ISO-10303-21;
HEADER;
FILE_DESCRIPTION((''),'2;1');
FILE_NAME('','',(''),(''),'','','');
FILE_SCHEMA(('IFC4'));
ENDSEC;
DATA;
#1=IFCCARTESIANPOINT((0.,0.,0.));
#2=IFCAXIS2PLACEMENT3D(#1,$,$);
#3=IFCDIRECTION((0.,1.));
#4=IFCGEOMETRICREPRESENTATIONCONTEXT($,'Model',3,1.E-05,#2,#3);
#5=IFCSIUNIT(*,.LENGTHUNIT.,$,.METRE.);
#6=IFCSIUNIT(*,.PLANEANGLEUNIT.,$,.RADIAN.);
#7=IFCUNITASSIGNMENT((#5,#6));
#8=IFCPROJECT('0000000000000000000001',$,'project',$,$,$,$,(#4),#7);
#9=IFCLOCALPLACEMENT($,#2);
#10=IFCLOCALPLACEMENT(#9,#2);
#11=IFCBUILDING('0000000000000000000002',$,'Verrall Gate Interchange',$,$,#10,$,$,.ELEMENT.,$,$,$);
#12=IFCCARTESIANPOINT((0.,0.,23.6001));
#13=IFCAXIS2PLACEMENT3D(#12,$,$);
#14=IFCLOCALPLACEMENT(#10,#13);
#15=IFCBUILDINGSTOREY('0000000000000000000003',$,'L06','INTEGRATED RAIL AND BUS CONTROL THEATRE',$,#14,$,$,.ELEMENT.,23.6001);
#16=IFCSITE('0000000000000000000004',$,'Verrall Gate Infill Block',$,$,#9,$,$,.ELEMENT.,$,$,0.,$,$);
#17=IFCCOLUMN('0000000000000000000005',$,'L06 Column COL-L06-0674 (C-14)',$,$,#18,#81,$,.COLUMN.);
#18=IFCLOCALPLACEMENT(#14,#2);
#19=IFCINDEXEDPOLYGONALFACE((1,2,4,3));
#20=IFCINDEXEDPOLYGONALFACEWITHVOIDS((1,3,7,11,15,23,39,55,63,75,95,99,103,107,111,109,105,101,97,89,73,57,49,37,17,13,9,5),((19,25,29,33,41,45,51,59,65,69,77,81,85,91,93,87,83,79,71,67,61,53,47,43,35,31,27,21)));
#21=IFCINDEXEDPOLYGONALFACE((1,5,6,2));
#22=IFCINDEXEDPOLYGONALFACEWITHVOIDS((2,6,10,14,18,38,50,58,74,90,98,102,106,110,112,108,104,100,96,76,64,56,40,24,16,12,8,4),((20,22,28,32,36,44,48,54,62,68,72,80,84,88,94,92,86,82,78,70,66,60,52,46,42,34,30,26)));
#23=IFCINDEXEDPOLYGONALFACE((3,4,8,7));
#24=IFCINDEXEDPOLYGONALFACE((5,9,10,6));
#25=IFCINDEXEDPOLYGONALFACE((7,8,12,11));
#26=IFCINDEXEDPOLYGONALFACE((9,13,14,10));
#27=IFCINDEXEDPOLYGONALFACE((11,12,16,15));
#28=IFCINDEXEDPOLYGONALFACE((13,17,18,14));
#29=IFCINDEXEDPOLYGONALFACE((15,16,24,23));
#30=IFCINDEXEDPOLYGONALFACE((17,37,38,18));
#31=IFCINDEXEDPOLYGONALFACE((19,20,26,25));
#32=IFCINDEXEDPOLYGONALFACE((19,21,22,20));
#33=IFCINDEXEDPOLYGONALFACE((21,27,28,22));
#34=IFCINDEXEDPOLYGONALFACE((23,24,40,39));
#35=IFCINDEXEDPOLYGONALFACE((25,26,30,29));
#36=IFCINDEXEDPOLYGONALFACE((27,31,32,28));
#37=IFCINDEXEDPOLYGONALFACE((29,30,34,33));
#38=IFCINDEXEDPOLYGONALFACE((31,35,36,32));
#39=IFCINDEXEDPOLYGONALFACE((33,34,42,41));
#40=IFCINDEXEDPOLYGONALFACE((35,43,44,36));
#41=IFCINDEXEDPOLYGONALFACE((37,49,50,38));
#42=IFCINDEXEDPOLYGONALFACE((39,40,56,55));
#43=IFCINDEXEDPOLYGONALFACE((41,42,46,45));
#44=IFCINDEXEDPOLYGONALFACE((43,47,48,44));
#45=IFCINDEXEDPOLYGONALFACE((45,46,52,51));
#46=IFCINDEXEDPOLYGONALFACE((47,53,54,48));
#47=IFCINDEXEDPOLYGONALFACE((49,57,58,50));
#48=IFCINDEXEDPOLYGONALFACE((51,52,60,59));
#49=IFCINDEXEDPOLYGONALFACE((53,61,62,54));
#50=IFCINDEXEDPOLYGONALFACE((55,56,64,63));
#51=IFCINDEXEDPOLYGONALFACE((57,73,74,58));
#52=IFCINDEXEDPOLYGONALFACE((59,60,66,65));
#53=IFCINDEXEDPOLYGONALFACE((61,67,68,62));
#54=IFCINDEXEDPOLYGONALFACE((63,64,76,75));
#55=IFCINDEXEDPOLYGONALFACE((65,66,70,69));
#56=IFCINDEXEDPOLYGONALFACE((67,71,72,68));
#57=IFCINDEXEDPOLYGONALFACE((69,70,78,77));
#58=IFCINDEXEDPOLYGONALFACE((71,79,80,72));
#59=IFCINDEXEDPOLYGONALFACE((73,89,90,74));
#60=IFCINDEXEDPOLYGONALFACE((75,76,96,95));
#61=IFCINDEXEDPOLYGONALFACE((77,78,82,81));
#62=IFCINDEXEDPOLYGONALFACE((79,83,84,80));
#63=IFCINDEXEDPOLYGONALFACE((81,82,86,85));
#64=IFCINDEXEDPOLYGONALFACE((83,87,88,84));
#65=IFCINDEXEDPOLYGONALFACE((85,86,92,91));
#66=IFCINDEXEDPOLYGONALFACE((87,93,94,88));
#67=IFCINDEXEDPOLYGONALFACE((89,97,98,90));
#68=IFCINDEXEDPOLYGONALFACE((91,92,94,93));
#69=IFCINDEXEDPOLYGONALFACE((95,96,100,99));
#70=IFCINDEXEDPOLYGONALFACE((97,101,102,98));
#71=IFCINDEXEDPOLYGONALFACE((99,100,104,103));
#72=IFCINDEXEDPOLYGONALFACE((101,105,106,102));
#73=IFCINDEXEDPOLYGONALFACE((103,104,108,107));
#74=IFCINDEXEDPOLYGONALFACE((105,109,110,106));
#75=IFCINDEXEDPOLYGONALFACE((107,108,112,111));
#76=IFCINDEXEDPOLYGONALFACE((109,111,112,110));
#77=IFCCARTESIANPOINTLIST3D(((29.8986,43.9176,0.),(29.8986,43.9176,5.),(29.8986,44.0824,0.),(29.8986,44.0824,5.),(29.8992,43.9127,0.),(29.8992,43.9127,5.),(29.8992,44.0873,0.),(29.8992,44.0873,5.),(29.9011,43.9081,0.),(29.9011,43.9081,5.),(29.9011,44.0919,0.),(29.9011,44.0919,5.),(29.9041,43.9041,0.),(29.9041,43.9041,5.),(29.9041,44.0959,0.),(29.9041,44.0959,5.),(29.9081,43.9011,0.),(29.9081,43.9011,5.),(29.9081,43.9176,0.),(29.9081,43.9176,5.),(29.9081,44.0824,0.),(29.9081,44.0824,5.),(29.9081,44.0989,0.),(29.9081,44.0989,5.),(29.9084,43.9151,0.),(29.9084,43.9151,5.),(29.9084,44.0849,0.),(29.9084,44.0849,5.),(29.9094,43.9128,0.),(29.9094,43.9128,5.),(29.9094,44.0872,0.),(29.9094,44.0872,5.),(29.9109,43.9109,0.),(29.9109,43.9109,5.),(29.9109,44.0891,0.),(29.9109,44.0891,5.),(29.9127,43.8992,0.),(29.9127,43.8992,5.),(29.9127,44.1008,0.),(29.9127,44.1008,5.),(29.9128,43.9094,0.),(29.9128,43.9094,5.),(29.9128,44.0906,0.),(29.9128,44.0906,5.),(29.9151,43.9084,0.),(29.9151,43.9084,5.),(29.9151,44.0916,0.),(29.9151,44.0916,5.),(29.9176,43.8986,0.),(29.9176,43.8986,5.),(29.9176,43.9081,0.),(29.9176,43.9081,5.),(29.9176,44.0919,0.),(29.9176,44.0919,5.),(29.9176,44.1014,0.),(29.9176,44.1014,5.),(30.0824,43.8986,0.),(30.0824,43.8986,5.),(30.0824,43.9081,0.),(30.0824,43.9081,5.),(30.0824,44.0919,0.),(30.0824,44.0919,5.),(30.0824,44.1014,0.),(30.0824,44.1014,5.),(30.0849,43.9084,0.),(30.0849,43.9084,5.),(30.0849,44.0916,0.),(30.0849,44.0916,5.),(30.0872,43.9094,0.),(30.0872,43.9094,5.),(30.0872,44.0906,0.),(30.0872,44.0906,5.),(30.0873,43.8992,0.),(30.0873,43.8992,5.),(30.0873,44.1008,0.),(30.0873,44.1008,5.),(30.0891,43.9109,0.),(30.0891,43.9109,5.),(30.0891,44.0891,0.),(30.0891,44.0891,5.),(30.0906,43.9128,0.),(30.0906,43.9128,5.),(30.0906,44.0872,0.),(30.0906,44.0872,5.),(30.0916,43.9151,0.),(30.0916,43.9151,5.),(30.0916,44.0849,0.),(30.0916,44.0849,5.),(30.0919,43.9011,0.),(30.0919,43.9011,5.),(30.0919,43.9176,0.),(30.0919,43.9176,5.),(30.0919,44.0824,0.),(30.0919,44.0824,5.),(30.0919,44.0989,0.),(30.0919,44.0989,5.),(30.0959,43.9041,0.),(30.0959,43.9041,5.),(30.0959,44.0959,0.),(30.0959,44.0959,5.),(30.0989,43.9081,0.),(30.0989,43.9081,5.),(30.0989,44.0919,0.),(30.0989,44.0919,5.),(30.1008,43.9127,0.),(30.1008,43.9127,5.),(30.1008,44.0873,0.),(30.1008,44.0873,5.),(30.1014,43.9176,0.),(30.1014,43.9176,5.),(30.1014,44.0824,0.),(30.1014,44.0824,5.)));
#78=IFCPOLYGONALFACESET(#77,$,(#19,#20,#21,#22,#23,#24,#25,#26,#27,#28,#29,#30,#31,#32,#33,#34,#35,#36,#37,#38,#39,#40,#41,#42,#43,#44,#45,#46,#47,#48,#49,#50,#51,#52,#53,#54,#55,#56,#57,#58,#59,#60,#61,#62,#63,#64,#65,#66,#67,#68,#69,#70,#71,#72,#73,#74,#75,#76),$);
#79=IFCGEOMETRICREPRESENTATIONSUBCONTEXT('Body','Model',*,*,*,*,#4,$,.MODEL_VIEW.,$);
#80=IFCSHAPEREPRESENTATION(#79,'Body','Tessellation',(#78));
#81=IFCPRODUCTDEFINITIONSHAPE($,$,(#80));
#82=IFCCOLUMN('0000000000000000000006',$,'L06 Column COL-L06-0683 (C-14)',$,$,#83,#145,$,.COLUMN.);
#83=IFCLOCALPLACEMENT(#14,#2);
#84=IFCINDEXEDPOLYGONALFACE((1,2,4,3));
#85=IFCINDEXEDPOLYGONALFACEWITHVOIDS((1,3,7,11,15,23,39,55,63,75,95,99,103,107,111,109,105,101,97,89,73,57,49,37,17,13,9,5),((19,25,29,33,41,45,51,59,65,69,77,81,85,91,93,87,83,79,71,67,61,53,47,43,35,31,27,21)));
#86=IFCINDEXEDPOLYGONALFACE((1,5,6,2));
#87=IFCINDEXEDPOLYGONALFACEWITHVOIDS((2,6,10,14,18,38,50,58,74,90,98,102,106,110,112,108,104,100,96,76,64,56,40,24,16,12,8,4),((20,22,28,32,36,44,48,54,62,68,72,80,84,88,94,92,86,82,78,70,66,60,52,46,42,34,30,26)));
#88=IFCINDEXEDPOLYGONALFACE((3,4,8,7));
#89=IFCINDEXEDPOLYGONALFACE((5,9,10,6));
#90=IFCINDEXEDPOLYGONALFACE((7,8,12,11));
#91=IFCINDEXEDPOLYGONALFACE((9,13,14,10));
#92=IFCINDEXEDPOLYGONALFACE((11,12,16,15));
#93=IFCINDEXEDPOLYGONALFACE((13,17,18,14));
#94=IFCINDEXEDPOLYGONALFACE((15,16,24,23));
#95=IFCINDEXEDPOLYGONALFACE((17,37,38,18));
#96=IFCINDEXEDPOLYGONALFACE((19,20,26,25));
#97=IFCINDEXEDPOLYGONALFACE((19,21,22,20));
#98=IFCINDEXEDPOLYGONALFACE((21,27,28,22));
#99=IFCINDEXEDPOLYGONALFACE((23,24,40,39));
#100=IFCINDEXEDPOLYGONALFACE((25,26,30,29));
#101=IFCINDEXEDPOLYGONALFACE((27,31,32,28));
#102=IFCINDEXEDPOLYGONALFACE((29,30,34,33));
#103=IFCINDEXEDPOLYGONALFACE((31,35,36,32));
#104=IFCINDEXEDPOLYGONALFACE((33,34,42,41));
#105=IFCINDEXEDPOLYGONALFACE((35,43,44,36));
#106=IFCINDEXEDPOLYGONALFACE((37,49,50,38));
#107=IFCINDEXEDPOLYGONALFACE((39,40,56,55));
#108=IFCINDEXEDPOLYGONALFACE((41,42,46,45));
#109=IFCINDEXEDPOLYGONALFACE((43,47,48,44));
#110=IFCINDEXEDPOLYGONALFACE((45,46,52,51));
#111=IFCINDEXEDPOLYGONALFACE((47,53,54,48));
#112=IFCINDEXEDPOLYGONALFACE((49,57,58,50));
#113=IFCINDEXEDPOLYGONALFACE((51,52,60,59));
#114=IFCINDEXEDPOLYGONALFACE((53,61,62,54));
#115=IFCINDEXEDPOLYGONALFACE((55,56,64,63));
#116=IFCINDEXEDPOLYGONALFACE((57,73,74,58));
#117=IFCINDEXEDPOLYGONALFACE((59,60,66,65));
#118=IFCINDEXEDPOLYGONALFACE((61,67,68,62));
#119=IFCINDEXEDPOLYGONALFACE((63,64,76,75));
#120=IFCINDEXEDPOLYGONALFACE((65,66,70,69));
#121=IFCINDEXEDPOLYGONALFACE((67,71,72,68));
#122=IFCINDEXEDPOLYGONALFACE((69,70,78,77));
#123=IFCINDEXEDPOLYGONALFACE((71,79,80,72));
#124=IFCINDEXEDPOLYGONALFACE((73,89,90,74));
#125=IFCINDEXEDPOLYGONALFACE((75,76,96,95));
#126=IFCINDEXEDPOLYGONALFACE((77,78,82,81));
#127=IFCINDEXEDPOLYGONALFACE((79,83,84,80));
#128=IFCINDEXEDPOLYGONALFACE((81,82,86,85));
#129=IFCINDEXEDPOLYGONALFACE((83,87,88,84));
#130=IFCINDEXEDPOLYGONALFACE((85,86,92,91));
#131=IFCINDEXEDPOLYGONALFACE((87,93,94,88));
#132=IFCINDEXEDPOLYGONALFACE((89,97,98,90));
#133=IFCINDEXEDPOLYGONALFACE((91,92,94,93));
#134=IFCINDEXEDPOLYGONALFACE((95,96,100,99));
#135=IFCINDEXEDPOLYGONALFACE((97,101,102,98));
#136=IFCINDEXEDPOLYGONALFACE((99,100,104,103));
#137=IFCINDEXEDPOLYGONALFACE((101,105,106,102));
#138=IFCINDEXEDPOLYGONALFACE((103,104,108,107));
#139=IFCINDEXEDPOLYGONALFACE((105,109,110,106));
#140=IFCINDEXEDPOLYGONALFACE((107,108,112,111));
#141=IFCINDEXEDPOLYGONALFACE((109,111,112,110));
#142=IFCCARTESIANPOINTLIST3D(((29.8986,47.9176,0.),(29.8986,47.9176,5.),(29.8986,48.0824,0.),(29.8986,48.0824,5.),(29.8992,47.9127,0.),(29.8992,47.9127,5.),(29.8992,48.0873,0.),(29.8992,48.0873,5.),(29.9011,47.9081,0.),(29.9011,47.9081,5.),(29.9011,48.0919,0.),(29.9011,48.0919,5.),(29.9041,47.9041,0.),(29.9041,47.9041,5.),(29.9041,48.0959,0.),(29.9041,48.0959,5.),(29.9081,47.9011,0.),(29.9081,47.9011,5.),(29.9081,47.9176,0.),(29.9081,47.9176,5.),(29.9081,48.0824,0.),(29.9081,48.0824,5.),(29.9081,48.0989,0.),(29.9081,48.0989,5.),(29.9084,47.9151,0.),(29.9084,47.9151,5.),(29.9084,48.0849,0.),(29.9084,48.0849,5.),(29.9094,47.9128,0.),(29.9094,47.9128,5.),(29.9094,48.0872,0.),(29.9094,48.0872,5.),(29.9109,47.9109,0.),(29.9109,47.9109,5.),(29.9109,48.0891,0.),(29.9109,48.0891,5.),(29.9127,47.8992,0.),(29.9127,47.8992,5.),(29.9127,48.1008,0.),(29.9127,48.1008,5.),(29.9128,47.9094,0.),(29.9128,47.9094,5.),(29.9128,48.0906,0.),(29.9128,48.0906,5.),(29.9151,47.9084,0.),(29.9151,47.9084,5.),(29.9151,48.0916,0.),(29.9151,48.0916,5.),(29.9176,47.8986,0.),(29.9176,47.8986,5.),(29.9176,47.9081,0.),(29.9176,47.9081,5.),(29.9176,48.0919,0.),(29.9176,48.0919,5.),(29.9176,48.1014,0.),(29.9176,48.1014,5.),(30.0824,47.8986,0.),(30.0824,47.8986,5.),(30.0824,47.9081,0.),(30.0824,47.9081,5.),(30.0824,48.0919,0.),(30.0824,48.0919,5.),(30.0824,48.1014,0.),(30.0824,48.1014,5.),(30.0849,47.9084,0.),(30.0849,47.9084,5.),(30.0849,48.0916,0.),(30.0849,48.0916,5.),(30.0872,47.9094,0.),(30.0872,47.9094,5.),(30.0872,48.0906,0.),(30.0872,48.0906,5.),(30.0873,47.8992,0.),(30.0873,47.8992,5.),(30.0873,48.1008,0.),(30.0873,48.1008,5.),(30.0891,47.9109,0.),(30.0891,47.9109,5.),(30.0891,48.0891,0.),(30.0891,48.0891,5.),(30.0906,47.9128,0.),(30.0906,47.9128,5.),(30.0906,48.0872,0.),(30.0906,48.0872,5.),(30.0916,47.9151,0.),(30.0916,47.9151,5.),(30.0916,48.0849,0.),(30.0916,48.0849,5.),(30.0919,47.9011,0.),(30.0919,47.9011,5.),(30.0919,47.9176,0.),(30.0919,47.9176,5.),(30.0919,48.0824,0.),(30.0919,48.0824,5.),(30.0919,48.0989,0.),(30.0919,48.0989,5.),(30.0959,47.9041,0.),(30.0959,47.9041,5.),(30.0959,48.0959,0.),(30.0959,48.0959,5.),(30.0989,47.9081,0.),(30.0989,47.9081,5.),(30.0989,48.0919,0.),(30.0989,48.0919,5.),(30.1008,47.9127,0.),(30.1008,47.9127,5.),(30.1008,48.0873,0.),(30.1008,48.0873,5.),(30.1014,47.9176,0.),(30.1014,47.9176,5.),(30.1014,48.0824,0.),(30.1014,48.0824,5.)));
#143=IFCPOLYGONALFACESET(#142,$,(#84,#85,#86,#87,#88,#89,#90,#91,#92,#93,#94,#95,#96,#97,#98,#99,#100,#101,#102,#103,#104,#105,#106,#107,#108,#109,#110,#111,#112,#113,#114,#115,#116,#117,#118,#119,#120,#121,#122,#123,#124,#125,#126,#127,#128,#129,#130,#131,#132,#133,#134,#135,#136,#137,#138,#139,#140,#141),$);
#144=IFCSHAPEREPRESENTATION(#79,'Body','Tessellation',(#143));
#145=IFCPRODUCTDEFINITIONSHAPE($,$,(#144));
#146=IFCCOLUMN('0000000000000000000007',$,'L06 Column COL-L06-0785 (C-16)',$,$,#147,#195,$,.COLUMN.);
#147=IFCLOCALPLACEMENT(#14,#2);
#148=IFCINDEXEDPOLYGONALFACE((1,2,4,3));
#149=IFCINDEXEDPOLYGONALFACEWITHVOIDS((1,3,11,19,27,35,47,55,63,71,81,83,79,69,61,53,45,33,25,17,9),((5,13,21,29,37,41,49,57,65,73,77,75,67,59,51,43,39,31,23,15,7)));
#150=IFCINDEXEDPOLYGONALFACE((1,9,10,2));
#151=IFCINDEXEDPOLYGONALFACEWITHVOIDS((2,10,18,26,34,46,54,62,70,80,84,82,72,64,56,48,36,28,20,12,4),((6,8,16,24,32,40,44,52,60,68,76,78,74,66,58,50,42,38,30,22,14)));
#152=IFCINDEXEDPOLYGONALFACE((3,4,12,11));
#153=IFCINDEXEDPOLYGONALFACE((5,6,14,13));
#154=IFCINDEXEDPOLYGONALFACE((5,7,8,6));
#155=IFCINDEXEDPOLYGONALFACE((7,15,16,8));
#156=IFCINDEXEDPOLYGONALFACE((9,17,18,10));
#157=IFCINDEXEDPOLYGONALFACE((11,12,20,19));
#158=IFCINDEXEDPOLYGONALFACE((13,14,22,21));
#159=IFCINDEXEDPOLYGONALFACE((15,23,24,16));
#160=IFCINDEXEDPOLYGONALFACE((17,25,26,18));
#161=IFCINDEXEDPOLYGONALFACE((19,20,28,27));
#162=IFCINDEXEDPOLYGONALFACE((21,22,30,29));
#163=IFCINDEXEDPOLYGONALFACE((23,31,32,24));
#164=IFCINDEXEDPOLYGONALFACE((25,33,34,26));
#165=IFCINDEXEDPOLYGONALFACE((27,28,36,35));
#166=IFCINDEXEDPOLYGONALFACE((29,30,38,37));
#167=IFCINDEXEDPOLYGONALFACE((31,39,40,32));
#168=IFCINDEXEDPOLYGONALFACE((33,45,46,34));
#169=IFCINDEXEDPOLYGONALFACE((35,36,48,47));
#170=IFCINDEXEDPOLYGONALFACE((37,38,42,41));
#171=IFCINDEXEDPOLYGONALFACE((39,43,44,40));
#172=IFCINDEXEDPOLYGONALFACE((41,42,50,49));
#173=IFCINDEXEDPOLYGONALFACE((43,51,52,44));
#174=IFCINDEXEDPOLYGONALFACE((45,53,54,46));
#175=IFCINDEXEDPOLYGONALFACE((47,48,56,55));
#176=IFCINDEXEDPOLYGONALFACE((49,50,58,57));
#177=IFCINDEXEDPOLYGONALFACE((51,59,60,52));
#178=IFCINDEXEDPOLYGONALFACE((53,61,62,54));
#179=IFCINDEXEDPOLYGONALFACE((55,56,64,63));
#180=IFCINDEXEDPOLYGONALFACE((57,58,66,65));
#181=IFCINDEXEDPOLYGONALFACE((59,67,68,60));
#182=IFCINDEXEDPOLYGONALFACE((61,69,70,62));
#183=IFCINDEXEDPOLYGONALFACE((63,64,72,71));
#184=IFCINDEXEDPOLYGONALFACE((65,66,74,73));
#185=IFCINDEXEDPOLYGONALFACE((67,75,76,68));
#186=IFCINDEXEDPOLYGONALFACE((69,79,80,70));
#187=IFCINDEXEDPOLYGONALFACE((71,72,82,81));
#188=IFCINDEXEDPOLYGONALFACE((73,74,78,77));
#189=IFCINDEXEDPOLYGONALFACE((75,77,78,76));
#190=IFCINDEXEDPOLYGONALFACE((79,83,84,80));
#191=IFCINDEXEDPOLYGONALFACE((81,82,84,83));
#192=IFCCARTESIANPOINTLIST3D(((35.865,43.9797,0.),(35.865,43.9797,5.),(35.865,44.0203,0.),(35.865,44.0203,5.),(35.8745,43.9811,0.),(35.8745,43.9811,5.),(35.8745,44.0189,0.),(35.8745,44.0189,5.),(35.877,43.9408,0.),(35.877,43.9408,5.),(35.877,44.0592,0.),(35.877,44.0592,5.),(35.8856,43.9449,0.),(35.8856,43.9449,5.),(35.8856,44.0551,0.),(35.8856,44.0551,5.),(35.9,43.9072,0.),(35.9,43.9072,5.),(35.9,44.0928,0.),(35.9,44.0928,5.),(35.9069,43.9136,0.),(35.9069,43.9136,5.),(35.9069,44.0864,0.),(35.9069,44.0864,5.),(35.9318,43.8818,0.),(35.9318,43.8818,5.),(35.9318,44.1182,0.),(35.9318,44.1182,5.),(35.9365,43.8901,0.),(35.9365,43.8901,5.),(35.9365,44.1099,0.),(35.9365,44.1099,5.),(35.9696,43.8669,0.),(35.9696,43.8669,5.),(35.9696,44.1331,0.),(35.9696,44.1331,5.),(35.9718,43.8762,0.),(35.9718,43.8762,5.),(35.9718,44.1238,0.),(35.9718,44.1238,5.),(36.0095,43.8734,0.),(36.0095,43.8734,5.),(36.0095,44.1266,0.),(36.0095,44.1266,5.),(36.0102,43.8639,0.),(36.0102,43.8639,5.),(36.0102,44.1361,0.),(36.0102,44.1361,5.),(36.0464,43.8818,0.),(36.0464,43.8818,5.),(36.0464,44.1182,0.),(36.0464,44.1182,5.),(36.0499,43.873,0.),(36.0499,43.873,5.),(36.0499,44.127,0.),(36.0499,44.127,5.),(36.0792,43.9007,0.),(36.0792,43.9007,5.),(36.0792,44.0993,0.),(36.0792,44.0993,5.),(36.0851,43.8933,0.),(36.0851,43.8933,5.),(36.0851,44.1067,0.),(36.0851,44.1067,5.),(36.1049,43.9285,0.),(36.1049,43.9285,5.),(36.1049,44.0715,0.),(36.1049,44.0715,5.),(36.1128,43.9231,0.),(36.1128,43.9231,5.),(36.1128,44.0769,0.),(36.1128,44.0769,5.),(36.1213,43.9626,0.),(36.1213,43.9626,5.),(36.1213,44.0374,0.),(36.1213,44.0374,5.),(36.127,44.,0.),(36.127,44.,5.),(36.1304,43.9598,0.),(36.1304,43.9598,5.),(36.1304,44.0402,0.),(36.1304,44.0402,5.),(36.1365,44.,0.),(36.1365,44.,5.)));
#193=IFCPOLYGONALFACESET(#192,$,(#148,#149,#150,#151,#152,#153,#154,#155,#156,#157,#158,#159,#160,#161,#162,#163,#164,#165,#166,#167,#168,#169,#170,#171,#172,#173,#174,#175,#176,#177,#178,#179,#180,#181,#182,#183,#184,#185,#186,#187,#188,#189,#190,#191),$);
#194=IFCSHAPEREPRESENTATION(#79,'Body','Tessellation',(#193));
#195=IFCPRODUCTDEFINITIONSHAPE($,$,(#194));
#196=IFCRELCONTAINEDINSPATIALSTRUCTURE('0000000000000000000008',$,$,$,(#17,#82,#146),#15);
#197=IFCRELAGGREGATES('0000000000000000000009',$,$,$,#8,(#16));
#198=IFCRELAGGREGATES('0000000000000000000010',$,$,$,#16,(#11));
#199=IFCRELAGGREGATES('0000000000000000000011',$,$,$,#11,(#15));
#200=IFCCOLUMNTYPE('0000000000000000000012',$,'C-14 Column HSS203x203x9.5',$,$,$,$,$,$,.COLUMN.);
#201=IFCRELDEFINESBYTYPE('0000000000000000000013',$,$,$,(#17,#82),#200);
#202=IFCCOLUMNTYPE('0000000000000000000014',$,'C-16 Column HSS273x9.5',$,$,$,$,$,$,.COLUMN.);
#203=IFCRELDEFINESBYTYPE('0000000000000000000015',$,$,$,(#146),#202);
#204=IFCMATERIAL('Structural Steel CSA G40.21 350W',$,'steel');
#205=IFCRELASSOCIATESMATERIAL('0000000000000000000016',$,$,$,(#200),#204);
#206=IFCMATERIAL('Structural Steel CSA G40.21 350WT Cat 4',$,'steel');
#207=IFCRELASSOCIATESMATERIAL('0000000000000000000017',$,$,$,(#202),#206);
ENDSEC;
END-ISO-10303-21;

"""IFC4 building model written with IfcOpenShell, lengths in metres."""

from ifc_helpers import new_model, si_unit, direction, frame, origin, origin_2d, place, context, subcontext, project, spatial, hollow_rectangle, hollow_circle, extrude, material, material_profile, profile_set, type_object, element, save


model = new_model("IFC4")

# Units and contexts
model_context = context("Model", 3, precision=1e-05, world=origin(), true_north=direction((0.0, 1.0)))
body_context = subcontext(model_context, "Body", "Model", "MODEL_VIEW")
ifc_project = project(units=[si_unit("LENGTHUNIT", "METRE"), si_unit("PLANEANGLEUNIT", "RADIAN")], contexts=[model_context])

# Site, building, storey
site_placement = place(None, origin())
site = spatial("IfcSite", under=ifc_project, at=site_placement, Name="Verrall Gate Infill Block", CompositionType="ELEMENT", RefElevation=0.0)
building_placement = place(site_placement, origin())
building = spatial("IfcBuilding", under=site, at=building_placement, Name="Verrall Gate Interchange", CompositionType="ELEMENT")
storey_placement = place(building_placement, frame((0.0, 0.0, 23.6001)))
storey = spatial("IfcBuildingStorey", under=building, at=storey_placement, Name="L06", Description="INTEGRATED RAIL AND BUS CONTROL THEATRE", CompositionType="ELEMENT", Elevation=23.6001)

# Columns
ifc_material_1 = material(Name="Structural Steel CSA G40.21 350W", Category="steel")
ifc_material_profile_1 = material_profile(ifc_material_1, hollow_rectangle(XDim=0.2029, YDim=0.2029, WallThickness=0.0095, InnerFilletRadius=0.0095, OuterFilletRadius=0.019, at=origin_2d()), Name="HSS203x203x9.5")
ifc_profile_set_1 = profile_set([ifc_material_profile_1], Name="Structural Steel CSA G40.21 350W")
column_type_1 = type_object("IfcColumnType", Name="C-14 Column HSS203x203x9.5", PredefinedType="COLUMN", material=ifc_profile_set_1)
for number, where, z_axis, x_axis, name in (
    (1, (30.0, 44.0, 0.0), (0.0, 0.0, 1.0), (1.0, 0.0, 0.0), "L06 Column COL-L06-0674 (C-14)"),
    (2, (30.0, 48.0, 0.0), (0.0, 0.0, 1.0), (1.0, 0.0, 0.0), "L06 Column COL-L06-0683 (C-14)"),
):
    element("IfcColumn", number, at=place(storey_placement, frame(where, z_axis=z_axis, x_axis=x_axis)), inside=storey, type_object=column_type_1, Name=name, PredefinedType="COLUMN", context=body_context, shape_type="SweptSolid", body=[
        extrude(hollow_rectangle(XDim=0.2029, YDim=0.2029, WallThickness=0.0095, InnerFilletRadius=0.0095, OuterFilletRadius=0.019, at=origin_2d()), origin(), (0.0, 0.0, 1.0), 5.0),
    ])
ifc_material_2 = material(Name="Structural Steel CSA G40.21 350WT Cat 4", Category="steel")
ifc_material_profile_2 = material_profile(ifc_material_2, hollow_circle(Radius=0.1365, WallThickness=0.0095, at=origin_2d()), Name="HSS273x9.5")
ifc_profile_set_2 = profile_set([ifc_material_profile_2], Name="Structural Steel CSA G40.21 350WT Cat 4")
column_type_2 = type_object("IfcColumnType", Name="C-16 Column HSS273x9.5", PredefinedType="COLUMN", material=ifc_profile_set_2)
for number, where, z_axis, x_axis, name in (
    (3, (36.0, 44.0, 0.0), (0.0, 0.0, 1.0), (1.0, 0.0, 0.0), "L06 Column COL-L06-0785 (C-16)"),
):
    element("IfcColumn", number, at=place(storey_placement, frame(where, z_axis=z_axis, x_axis=x_axis)), inside=storey, type_object=column_type_2, Name=name, PredefinedType="COLUMN", context=body_context, shape_type="SweptSolid", body=[
        extrude(hollow_circle(Radius=0.1365, WallThickness=0.0095, at=origin_2d()), origin(), (0.0, 0.0, 1.0), 5.0),
    ])

save(model, "model.ifc")
